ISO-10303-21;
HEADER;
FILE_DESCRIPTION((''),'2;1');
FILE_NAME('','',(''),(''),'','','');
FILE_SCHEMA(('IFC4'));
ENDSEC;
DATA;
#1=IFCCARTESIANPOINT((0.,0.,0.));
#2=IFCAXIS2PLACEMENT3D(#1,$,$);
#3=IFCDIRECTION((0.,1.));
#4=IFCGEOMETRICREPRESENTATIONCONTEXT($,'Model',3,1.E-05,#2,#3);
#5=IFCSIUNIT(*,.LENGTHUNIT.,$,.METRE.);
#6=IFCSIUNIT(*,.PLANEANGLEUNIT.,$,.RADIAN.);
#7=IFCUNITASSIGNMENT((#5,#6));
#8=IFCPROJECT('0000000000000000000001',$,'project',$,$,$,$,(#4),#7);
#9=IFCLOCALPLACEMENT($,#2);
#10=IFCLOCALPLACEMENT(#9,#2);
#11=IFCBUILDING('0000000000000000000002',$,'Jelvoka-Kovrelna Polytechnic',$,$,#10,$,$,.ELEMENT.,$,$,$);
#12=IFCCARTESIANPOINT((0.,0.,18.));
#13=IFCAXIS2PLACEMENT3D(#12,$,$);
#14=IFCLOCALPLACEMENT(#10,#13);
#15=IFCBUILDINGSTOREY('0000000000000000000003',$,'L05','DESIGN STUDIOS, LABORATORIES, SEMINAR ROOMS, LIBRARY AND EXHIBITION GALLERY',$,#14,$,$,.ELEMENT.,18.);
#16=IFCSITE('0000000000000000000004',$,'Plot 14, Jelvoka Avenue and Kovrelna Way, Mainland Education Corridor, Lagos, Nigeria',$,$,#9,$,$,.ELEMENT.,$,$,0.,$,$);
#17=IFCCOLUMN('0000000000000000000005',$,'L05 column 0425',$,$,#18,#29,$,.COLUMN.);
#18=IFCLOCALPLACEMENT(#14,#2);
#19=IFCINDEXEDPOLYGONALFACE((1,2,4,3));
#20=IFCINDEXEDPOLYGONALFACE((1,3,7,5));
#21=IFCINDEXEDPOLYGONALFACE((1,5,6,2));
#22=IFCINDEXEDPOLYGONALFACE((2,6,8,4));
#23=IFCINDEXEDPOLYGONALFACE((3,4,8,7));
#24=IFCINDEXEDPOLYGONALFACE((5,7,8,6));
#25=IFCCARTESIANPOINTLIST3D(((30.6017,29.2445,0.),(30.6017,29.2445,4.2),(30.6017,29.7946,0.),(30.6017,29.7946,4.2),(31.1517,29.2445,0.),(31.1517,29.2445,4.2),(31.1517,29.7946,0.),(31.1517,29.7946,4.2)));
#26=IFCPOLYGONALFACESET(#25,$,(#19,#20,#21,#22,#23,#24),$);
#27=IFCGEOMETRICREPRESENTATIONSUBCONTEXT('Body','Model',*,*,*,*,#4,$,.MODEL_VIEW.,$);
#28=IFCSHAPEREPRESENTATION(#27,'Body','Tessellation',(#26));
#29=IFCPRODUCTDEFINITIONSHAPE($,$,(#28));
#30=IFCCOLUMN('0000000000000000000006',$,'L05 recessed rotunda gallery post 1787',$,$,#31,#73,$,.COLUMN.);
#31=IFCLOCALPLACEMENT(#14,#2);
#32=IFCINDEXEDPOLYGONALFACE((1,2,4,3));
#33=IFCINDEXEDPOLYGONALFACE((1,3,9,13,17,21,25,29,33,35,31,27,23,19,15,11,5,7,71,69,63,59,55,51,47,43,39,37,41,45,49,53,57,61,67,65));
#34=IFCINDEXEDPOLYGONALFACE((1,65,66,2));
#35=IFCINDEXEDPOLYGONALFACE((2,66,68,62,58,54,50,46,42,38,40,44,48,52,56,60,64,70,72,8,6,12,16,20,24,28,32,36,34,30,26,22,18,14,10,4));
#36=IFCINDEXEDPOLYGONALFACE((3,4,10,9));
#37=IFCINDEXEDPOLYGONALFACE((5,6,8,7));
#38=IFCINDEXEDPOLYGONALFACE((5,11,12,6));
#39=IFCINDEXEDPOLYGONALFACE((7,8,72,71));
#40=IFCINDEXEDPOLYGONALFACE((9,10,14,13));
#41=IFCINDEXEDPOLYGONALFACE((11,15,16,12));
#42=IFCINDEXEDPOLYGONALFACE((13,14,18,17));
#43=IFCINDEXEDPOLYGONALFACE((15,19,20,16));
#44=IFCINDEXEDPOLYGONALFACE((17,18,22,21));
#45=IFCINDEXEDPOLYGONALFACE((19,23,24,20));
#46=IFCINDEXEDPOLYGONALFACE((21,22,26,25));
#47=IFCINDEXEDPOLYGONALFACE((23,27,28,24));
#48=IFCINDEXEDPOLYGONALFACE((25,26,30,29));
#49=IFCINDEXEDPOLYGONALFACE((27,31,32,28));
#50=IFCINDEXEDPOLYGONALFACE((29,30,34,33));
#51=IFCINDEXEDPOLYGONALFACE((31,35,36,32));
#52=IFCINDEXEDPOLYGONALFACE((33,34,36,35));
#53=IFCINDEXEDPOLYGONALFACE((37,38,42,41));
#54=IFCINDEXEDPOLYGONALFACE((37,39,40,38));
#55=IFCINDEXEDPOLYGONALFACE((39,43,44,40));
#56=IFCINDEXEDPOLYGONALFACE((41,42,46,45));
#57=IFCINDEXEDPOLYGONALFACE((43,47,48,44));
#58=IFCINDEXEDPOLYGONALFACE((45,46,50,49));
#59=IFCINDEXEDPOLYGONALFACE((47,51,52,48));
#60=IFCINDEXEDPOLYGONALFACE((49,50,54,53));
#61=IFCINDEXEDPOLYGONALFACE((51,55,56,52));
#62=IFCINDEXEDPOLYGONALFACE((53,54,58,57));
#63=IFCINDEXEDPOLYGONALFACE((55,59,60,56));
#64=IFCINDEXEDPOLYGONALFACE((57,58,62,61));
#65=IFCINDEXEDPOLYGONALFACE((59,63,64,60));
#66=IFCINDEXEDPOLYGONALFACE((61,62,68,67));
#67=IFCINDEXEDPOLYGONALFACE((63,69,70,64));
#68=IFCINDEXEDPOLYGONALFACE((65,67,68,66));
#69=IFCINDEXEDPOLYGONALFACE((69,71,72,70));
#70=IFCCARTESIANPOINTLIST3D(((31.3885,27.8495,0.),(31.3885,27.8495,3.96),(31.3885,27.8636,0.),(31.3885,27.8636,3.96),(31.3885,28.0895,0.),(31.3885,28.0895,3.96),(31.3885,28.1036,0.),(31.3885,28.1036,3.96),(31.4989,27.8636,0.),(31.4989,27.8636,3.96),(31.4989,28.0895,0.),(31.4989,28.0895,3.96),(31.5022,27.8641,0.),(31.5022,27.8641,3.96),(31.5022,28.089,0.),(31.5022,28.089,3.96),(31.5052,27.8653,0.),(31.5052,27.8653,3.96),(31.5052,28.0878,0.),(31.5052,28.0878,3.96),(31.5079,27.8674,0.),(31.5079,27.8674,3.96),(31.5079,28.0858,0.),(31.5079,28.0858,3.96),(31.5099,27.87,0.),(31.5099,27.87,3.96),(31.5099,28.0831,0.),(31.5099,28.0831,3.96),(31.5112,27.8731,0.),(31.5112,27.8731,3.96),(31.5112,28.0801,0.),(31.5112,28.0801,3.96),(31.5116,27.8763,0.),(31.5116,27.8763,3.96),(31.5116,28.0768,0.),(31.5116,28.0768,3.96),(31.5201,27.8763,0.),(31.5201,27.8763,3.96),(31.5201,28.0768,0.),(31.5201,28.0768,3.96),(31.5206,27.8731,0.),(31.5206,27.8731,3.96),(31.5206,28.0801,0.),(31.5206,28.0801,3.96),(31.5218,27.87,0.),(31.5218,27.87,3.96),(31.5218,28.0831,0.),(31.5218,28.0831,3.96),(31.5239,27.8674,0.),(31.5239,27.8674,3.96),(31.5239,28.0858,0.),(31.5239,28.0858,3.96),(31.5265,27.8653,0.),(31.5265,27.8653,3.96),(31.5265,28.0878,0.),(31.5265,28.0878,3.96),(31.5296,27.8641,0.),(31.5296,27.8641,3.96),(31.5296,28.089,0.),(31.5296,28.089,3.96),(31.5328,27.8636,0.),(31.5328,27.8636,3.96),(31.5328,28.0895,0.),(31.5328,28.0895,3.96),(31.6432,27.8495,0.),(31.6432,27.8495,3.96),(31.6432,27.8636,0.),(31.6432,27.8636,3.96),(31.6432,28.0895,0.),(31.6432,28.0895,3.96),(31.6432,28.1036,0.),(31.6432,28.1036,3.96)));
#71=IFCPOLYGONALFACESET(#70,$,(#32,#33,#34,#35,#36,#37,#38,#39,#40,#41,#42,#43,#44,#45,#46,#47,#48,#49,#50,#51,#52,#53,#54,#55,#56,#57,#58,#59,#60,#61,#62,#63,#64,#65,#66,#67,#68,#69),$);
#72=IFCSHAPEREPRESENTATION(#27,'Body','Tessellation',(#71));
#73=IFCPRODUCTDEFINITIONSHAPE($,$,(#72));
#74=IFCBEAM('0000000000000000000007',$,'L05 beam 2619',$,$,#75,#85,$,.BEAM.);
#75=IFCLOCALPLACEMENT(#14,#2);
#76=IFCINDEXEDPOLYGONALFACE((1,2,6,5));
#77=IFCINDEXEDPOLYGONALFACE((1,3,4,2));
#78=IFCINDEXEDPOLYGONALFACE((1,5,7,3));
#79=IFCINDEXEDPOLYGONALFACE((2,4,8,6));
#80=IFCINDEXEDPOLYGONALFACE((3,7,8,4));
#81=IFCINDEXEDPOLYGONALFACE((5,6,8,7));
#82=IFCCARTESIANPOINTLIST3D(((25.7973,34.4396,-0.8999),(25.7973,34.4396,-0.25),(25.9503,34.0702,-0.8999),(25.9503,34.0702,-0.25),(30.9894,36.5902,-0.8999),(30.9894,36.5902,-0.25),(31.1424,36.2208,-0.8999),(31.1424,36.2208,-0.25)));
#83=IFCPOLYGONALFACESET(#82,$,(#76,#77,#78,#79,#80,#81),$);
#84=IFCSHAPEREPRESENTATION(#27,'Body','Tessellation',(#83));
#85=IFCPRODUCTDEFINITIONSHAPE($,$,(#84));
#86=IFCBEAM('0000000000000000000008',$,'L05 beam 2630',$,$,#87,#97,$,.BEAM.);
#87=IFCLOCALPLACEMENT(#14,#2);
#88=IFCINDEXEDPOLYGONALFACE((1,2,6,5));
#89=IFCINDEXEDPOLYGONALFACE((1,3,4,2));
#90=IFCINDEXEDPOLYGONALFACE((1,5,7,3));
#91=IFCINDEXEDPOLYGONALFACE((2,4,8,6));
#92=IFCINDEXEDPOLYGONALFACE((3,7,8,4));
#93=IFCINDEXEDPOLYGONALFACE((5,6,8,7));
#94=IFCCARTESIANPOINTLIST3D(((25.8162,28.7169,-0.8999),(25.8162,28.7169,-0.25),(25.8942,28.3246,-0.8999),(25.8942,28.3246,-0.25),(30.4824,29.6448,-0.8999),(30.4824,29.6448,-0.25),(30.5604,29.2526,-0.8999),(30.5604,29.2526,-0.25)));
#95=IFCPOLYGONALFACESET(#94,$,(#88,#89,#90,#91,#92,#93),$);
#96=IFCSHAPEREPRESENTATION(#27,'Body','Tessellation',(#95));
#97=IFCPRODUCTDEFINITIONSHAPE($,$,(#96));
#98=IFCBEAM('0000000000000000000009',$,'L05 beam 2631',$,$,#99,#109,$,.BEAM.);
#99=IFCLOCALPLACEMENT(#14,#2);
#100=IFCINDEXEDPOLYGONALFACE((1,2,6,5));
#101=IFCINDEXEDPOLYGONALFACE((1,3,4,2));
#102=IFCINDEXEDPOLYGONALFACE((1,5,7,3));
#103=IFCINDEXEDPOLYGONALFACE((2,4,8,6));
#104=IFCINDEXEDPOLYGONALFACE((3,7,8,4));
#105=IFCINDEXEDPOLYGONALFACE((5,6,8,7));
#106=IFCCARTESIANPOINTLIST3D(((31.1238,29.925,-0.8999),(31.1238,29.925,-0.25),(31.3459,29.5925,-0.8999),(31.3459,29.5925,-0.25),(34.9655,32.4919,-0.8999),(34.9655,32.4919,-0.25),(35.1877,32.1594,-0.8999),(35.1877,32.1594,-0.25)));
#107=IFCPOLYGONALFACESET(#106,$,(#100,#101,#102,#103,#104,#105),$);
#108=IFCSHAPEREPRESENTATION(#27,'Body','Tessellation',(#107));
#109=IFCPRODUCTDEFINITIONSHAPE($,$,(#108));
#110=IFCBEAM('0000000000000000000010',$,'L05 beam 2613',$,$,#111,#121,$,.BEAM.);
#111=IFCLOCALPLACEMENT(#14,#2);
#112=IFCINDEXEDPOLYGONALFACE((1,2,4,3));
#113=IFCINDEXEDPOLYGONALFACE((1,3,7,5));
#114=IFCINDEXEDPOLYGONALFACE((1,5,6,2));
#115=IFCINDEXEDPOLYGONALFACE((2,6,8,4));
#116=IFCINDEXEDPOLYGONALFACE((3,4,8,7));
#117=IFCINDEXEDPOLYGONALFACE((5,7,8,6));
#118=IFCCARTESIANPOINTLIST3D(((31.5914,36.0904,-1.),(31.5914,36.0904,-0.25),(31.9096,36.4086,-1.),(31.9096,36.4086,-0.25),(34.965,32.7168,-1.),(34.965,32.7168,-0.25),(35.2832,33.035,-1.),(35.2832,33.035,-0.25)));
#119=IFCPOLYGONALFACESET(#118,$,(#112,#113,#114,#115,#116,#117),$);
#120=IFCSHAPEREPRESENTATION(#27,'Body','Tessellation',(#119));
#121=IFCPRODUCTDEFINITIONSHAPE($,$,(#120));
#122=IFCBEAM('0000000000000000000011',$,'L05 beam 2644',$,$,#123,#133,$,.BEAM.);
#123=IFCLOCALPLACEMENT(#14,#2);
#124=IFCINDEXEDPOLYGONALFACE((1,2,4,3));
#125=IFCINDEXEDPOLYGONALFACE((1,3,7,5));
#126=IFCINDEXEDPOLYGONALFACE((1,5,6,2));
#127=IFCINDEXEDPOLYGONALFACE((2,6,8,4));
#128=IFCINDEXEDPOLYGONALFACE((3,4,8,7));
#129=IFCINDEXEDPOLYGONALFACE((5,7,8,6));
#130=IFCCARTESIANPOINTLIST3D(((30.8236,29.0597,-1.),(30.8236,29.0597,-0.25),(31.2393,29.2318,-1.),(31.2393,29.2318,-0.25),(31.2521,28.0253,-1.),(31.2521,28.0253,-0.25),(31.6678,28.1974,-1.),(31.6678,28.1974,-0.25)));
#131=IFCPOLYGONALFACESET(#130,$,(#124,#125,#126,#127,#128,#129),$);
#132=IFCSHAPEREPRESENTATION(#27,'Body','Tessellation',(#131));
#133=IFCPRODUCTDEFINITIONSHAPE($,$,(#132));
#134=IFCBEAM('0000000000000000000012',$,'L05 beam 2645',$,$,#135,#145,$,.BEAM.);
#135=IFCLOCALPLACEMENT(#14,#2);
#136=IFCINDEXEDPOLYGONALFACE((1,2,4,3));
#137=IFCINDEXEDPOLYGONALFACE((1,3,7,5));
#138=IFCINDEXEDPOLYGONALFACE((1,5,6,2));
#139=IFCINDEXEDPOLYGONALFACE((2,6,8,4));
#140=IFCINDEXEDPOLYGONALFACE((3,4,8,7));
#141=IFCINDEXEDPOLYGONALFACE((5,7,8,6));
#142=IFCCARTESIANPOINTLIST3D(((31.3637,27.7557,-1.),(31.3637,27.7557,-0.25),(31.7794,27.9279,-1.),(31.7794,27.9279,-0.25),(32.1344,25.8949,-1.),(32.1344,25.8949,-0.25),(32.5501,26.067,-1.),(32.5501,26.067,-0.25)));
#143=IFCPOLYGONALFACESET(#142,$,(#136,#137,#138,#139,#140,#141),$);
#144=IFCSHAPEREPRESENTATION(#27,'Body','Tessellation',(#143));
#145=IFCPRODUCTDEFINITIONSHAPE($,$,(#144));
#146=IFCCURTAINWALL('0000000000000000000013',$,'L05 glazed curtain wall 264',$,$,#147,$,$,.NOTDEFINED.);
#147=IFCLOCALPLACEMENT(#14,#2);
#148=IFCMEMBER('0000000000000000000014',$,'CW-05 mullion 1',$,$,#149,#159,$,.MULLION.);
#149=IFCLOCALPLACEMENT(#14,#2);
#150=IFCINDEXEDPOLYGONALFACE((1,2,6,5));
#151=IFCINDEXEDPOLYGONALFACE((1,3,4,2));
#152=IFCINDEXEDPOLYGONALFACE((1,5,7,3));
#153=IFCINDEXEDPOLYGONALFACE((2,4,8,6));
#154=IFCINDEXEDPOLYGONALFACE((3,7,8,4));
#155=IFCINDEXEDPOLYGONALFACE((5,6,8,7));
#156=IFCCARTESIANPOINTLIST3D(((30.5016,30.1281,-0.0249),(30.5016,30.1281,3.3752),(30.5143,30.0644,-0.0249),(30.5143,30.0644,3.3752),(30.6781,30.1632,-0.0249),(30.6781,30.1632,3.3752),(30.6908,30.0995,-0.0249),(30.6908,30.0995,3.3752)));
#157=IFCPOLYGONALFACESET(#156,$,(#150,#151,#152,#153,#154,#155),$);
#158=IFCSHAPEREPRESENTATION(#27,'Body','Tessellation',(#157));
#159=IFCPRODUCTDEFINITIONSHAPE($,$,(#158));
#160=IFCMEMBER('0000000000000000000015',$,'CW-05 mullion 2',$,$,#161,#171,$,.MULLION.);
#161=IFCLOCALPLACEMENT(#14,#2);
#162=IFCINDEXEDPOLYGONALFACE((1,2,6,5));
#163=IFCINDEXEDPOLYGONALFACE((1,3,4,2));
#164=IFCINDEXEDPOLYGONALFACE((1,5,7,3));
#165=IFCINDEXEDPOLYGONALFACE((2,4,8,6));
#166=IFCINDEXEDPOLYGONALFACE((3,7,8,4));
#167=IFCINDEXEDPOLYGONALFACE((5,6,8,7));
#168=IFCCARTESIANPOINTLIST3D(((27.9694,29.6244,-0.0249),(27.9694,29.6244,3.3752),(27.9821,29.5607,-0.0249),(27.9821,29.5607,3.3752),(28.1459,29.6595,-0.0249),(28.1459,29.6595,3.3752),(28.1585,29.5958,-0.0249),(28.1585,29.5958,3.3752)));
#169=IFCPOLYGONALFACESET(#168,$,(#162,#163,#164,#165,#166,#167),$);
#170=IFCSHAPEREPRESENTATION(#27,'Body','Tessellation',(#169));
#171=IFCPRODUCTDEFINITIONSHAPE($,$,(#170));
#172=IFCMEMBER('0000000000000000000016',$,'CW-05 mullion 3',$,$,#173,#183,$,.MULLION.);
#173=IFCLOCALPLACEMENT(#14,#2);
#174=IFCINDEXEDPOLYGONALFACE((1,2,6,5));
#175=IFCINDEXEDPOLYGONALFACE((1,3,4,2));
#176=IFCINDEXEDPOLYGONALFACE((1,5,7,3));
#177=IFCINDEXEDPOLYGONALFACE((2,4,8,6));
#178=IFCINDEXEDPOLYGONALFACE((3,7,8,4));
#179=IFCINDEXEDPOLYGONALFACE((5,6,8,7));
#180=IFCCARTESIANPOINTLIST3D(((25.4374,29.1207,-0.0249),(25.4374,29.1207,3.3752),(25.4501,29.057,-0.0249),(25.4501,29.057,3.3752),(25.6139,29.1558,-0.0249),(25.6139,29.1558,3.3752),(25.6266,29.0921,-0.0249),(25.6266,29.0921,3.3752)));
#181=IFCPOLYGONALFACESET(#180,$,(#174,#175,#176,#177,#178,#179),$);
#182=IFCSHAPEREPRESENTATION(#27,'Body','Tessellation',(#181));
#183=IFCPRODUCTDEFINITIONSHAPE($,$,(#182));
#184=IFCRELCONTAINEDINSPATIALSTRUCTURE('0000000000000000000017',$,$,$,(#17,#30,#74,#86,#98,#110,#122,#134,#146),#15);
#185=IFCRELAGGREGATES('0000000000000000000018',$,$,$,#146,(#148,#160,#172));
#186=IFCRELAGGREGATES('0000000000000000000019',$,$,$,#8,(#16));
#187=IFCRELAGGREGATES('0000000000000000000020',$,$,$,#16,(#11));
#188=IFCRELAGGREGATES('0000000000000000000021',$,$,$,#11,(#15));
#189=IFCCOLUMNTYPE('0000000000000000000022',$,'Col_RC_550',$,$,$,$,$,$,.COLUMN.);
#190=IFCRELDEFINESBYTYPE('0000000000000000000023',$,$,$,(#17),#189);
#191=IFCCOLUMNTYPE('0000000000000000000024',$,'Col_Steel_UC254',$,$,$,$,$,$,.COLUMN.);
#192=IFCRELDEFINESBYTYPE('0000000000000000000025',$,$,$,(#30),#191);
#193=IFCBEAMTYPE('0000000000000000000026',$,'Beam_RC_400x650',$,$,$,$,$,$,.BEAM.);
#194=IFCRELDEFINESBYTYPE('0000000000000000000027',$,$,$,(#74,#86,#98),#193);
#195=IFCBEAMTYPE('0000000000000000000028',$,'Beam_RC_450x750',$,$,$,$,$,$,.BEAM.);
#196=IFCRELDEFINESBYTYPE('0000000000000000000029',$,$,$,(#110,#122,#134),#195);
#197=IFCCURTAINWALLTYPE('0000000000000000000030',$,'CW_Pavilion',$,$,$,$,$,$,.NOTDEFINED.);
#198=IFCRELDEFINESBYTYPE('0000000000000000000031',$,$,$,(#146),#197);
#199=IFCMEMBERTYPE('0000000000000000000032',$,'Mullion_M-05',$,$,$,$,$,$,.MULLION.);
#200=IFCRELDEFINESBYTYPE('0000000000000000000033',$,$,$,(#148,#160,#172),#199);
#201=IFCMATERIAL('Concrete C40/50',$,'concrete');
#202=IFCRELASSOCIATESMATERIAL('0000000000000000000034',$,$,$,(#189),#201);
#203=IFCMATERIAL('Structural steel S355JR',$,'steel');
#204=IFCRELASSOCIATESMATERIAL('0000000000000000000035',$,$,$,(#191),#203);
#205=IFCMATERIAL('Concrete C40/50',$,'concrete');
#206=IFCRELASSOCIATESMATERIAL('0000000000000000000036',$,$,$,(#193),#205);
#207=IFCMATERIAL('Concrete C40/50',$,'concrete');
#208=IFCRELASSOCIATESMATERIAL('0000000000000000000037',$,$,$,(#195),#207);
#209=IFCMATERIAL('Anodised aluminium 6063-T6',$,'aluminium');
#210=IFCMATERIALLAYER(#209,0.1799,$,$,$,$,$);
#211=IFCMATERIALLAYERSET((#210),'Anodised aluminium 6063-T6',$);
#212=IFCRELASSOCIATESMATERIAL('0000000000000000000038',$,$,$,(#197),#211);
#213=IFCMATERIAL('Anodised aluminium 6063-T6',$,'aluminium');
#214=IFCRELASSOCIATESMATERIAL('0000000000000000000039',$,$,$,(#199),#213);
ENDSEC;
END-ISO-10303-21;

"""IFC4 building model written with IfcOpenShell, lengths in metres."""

from ifc_helpers import new_model, si_unit, direction, frame, origin, origin_2d, place, context, subcontext, project, spatial, rectangle, i_section, extrude, material, layer, layer_set, material_profile, profile_set, type_object, element, aggregate, save


model = new_model("IFC4")

# Units and contexts
model_context = context("Model", 3, precision=1e-05, world=origin(), true_north=direction((0.0, 1.0)))
body_context = subcontext(model_context, "Body", "Model", "MODEL_VIEW")
ifc_project = project(units=[si_unit("LENGTHUNIT", "METRE"), si_unit("PLANEANGLEUNIT", "RADIAN")], contexts=[model_context])

# Site, building, storey
site_placement = place(None, origin())
site = spatial("IfcSite", under=ifc_project, at=site_placement, Name="Plot 14, Jelvoka Avenue and Kovrelna Way, Mainland Education Corridor, Lagos, Nigeria", CompositionType="ELEMENT", RefElevation=0.0)
building_placement = place(site_placement, origin())
building = spatial("IfcBuilding", under=site, at=building_placement, Name="Jelvoka-Kovrelna Polytechnic", CompositionType="ELEMENT")
storey_placement = place(building_placement, frame((0.0, 0.0, 18.0)))
storey = spatial("IfcBuildingStorey", under=building, at=storey_placement, Name="L05", Description="DESIGN STUDIOS, LABORATORIES, SEMINAR ROOMS, LIBRARY AND EXHIBITION GALLERY", CompositionType="ELEMENT", Elevation=18.0)

# Columns
ifc_material_1 = material(Name="Concrete C40/50", Category="concrete")
ifc_material_profile_1 = material_profile(ifc_material_1, rectangle(XDim=0.55, YDim=0.55, at=origin_2d()), Name="RC 550x550")
ifc_profile_set_1 = profile_set([ifc_material_profile_1], Name="Concrete C40/50")
column_type_1 = type_object("IfcColumnType", Name="Col_RC_550", PredefinedType="COLUMN", material=ifc_profile_set_1)
column_1_placement = place(storey_placement, frame((30.8767, 29.5195, 0.0), z_axis=(0.0, 0.0, 1.0), x_axis=(1.0, 0.0, 0.0)))
element("IfcColumn", 1, at=column_1_placement, inside=storey, type_object=column_type_1, Name="L05 column 0425", PredefinedType="COLUMN", context=body_context, shape_type="SweptSolid", body=[
    extrude(rectangle(XDim=0.55, YDim=0.55, at=origin_2d()), origin(), (0.0, 0.0, 1.0), 4.2),
])
ifc_material_2 = material(Name="Structural steel S355JR", Category="steel")
ifc_material_profile_2 = material_profile(ifc_material_2, i_section(OverallWidth=0.2546, OverallDepth=0.2542, WebThickness=0.0085, FlangeThickness=0.0142, FilletRadius=0.0127, at=origin_2d()), Name="254x254x73 UC")
ifc_profile_set_2 = profile_set([ifc_material_profile_2], Name="Structural steel S355JR")
column_type_2 = type_object("IfcColumnType", Name="Col_Steel_UC254", PredefinedType="COLUMN", material=ifc_profile_set_2)
column_2_placement = place(storey_placement, frame((31.5159, 27.9766, 0.0), z_axis=(0.0, 0.0, 1.0), x_axis=(1.0, 0.0, 0.0)))
element("IfcColumn", 2, at=column_2_placement, inside=storey, type_object=column_type_2, Name="L05 recessed rotunda gallery post 1787", PredefinedType="COLUMN", context=body_context, shape_type="SweptSolid", body=[
    extrude(i_section(OverallWidth=0.2546, OverallDepth=0.2542, WebThickness=0.0085, FlangeThickness=0.0142, FilletRadius=0.0127, at=origin_2d()), origin(), (0.0, 0.0, 1.0), 3.96),
])

# Beams
ifc_material_3 = material(Name="Concrete C40/50", Category="concrete")
ifc_material_profile_3 = material_profile(ifc_material_3, rectangle(XDim=0.3999, YDim=0.6499, at=origin_2d()), Name="RC 400x650")
ifc_profile_set_3 = profile_set([ifc_material_profile_3], Name="Concrete C40/50")
beam_type_1 = type_object("IfcBeamType", Name="Beam_RC_400x650", PredefinedType="BEAM", material=ifc_profile_set_3)
beam_1_placement = place(storey_placement, frame((25.8738, 34.2549, -0.575), z_axis=(0.923881, 0.38268, 0.0), x_axis=(-0.38268, 0.923881, 0.0)))
element("IfcBeam", 3, at=beam_1_placement, inside=storey, type_object=beam_type_1, Name="L05 beam 2619", PredefinedType="BEAM", context=body_context, shape_type="SweptSolid", body=[
    extrude(rectangle(XDim=0.3999, YDim=0.6499, at=origin_2d()), origin(), (0.0, 0.0, 1.0), 5.6199),
])
beam_2_placement = place(storey_placement, frame((25.8552, 28.5208, -0.575), z_axis=(0.980793, 0.19505, 0.0), x_axis=(-0.19505, 0.980793, 0.0)))
element("IfcBeam", 4, at=beam_2_placement, inside=storey, type_object=beam_type_1, Name="L05 beam 2630", PredefinedType="BEAM", context=body_context, shape_type="SweptSolid", body=[
    extrude(rectangle(XDim=0.3999, YDim=0.6499, at=origin_2d()), origin(), (0.0, 0.0, 1.0), 4.7576),
])
beam_3_placement = place(storey_placement, frame((31.2349, 29.7588, -0.575), z_axis=(0.831481, 0.555553, 0.0), x_axis=(-0.555553, 0.831481, 0.0)))
element("IfcBeam", 5, at=beam_3_placement, inside=storey, type_object=beam_type_1, Name="L05 beam 2631", PredefinedType="BEAM", context=body_context, shape_type="SweptSolid", body=[
    extrude(rectangle(XDim=0.3999, YDim=0.6499, at=origin_2d()), origin(), (0.0, 0.0, 1.0), 4.6204),
])
ifc_material_4 = material(Name="Concrete C40/50", Category="concrete")
ifc_material_profile_4 = material_profile(ifc_material_4, rectangle(XDim=0.45, YDim=0.75, at=origin_2d()), Name="RC 450x750")
ifc_profile_set_4 = profile_set([ifc_material_profile_4], Name="Concrete C40/50")
beam_type_2 = type_object("IfcBeamType", Name="Beam_RC_450x750", PredefinedType="BEAM", material=ifc_profile_set_4)
beam_4_placement = place(storey_placement, frame((31.7505, 36.2495, -0.625), z_axis=(0.707107, -0.707107, 0.0), x_axis=(0.707107, 0.707107, 0.0)))
element("IfcBeam", 6, at=beam_4_placement, inside=storey, type_object=beam_type_2, Name="L05 beam 2613", PredefinedType="BEAM", context=body_context, shape_type="SweptSolid", body=[
    extrude(rectangle(XDim=0.45, YDim=0.75, at=origin_2d()), origin(), (0.0, 0.0, 1.0), 4.771),
])
beam_5_placement = place(storey_placement, frame((31.0315, 29.1458, -0.625), z_axis=(0.382679, -0.923881, 0.0), x_axis=(0.923881, 0.382679, 0.0)))
element("IfcBeam", 7, at=beam_5_placement, inside=storey, type_object=beam_type_2, Name="L05 beam 2644", PredefinedType="BEAM", context=body_context, shape_type="SweptSolid", body=[
    extrude(rectangle(XDim=0.45, YDim=0.75, at=origin_2d()), origin(), (0.0, 0.0, 1.0), 1.1196),
])
beam_6_placement = place(storey_placement, frame((31.5715, 27.8418, -0.625), z_axis=(0.382669, -0.923885, 0.0), x_axis=(0.923885, 0.382669, 0.0)))
element("IfcBeam", 8, at=beam_6_placement, inside=storey, type_object=beam_type_2, Name="L05 beam 2645", PredefinedType="BEAM", context=body_context, shape_type="SweptSolid", body=[
    extrude(rectangle(XDim=0.45, YDim=0.75, at=origin_2d()), origin(), (0.0, 0.0, 1.0), 2.0142),
])

# Curtain wall, members
ifc_material_5 = material(Name="Anodised aluminium 6063-T6", Category="aluminium")
ifc_layer_1 = layer(ifc_material_5, 0.1799)
ifc_layer_set_1 = layer_set([ifc_layer_1], Name="Anodised aluminium 6063-T6")
curtain_wall_type = type_object("IfcCurtainWallType", Name="CW_Pavilion", PredefinedType="NOTDEFINED", material=ifc_layer_set_1)
curtain_wall_1_placement = place(storey_placement, origin())
curtain_wall_1 = element("IfcCurtainWall", 9, at=curtain_wall_1_placement, inside=storey, type_object=curtain_wall_type, Name="L05 glazed curtain wall 264", PredefinedType="NOTDEFINED")
ifc_material_6 = material(Name="Anodised aluminium 6063-T6", Category="aluminium")
ifc_material_profile_5 = material_profile(ifc_material_6, rectangle(XDim=0.0649, YDim=0.1799, at=origin_2d()), Name="ALU 65x180")
ifc_profile_set_5 = profile_set([ifc_material_profile_5], Name="Anodised aluminium 6063-T6")
member_type_1 = type_object("IfcMemberType", Name="Mullion_M-05", PredefinedType="MULLION", material=ifc_profile_set_5)
member_1_placement = place(storey_placement, frame((30.5962, 30.1138, -0.0249), z_axis=(0.0, 0.0, 1.0), x_axis=(0.195086, -0.980786, 0.0)))
member_1 = element("IfcMember", 10, at=member_1_placement, type_object=member_type_1, Name="CW-05 mullion 1", PredefinedType="MULLION", context=body_context, shape_type="SweptSolid", body=[
    extrude(rectangle(XDim=0.0649, YDim=0.1799, at=origin_2d()), origin(), (0.0, 0.0, 1.0), 3.4001),
])
member_2_placement = place(storey_placement, frame((28.064, 29.6101, -0.0249), z_axis=(0.0, 0.0, 1.0), x_axis=(0.195086, -0.980786, 0.0)))
member_2 = element("IfcMember", 11, at=member_2_placement, type_object=member_type_1, Name="CW-05 mullion 2", PredefinedType="MULLION", context=body_context, shape_type="SweptSolid", body=[
    extrude(rectangle(XDim=0.0649, YDim=0.1799, at=origin_2d()), origin(), (0.0, 0.0, 1.0), 3.4001),
])
member_3_placement = place(storey_placement, frame((25.532, 29.1064, -0.0249), z_axis=(0.0, 0.0, 1.0), x_axis=(0.195086, -0.980786, 0.0)))
member_3 = element("IfcMember", 12, at=member_3_placement, type_object=member_type_1, Name="CW-05 mullion 3", PredefinedType="MULLION", context=body_context, shape_type="SweptSolid", body=[
    extrude(rectangle(XDim=0.0649, YDim=0.1799, at=origin_2d()), origin(), (0.0, 0.0, 1.0), 3.4001),
])

aggregate(curtain_wall_1, [member_1, member_2, member_3])

save(model, "model.ifc")
